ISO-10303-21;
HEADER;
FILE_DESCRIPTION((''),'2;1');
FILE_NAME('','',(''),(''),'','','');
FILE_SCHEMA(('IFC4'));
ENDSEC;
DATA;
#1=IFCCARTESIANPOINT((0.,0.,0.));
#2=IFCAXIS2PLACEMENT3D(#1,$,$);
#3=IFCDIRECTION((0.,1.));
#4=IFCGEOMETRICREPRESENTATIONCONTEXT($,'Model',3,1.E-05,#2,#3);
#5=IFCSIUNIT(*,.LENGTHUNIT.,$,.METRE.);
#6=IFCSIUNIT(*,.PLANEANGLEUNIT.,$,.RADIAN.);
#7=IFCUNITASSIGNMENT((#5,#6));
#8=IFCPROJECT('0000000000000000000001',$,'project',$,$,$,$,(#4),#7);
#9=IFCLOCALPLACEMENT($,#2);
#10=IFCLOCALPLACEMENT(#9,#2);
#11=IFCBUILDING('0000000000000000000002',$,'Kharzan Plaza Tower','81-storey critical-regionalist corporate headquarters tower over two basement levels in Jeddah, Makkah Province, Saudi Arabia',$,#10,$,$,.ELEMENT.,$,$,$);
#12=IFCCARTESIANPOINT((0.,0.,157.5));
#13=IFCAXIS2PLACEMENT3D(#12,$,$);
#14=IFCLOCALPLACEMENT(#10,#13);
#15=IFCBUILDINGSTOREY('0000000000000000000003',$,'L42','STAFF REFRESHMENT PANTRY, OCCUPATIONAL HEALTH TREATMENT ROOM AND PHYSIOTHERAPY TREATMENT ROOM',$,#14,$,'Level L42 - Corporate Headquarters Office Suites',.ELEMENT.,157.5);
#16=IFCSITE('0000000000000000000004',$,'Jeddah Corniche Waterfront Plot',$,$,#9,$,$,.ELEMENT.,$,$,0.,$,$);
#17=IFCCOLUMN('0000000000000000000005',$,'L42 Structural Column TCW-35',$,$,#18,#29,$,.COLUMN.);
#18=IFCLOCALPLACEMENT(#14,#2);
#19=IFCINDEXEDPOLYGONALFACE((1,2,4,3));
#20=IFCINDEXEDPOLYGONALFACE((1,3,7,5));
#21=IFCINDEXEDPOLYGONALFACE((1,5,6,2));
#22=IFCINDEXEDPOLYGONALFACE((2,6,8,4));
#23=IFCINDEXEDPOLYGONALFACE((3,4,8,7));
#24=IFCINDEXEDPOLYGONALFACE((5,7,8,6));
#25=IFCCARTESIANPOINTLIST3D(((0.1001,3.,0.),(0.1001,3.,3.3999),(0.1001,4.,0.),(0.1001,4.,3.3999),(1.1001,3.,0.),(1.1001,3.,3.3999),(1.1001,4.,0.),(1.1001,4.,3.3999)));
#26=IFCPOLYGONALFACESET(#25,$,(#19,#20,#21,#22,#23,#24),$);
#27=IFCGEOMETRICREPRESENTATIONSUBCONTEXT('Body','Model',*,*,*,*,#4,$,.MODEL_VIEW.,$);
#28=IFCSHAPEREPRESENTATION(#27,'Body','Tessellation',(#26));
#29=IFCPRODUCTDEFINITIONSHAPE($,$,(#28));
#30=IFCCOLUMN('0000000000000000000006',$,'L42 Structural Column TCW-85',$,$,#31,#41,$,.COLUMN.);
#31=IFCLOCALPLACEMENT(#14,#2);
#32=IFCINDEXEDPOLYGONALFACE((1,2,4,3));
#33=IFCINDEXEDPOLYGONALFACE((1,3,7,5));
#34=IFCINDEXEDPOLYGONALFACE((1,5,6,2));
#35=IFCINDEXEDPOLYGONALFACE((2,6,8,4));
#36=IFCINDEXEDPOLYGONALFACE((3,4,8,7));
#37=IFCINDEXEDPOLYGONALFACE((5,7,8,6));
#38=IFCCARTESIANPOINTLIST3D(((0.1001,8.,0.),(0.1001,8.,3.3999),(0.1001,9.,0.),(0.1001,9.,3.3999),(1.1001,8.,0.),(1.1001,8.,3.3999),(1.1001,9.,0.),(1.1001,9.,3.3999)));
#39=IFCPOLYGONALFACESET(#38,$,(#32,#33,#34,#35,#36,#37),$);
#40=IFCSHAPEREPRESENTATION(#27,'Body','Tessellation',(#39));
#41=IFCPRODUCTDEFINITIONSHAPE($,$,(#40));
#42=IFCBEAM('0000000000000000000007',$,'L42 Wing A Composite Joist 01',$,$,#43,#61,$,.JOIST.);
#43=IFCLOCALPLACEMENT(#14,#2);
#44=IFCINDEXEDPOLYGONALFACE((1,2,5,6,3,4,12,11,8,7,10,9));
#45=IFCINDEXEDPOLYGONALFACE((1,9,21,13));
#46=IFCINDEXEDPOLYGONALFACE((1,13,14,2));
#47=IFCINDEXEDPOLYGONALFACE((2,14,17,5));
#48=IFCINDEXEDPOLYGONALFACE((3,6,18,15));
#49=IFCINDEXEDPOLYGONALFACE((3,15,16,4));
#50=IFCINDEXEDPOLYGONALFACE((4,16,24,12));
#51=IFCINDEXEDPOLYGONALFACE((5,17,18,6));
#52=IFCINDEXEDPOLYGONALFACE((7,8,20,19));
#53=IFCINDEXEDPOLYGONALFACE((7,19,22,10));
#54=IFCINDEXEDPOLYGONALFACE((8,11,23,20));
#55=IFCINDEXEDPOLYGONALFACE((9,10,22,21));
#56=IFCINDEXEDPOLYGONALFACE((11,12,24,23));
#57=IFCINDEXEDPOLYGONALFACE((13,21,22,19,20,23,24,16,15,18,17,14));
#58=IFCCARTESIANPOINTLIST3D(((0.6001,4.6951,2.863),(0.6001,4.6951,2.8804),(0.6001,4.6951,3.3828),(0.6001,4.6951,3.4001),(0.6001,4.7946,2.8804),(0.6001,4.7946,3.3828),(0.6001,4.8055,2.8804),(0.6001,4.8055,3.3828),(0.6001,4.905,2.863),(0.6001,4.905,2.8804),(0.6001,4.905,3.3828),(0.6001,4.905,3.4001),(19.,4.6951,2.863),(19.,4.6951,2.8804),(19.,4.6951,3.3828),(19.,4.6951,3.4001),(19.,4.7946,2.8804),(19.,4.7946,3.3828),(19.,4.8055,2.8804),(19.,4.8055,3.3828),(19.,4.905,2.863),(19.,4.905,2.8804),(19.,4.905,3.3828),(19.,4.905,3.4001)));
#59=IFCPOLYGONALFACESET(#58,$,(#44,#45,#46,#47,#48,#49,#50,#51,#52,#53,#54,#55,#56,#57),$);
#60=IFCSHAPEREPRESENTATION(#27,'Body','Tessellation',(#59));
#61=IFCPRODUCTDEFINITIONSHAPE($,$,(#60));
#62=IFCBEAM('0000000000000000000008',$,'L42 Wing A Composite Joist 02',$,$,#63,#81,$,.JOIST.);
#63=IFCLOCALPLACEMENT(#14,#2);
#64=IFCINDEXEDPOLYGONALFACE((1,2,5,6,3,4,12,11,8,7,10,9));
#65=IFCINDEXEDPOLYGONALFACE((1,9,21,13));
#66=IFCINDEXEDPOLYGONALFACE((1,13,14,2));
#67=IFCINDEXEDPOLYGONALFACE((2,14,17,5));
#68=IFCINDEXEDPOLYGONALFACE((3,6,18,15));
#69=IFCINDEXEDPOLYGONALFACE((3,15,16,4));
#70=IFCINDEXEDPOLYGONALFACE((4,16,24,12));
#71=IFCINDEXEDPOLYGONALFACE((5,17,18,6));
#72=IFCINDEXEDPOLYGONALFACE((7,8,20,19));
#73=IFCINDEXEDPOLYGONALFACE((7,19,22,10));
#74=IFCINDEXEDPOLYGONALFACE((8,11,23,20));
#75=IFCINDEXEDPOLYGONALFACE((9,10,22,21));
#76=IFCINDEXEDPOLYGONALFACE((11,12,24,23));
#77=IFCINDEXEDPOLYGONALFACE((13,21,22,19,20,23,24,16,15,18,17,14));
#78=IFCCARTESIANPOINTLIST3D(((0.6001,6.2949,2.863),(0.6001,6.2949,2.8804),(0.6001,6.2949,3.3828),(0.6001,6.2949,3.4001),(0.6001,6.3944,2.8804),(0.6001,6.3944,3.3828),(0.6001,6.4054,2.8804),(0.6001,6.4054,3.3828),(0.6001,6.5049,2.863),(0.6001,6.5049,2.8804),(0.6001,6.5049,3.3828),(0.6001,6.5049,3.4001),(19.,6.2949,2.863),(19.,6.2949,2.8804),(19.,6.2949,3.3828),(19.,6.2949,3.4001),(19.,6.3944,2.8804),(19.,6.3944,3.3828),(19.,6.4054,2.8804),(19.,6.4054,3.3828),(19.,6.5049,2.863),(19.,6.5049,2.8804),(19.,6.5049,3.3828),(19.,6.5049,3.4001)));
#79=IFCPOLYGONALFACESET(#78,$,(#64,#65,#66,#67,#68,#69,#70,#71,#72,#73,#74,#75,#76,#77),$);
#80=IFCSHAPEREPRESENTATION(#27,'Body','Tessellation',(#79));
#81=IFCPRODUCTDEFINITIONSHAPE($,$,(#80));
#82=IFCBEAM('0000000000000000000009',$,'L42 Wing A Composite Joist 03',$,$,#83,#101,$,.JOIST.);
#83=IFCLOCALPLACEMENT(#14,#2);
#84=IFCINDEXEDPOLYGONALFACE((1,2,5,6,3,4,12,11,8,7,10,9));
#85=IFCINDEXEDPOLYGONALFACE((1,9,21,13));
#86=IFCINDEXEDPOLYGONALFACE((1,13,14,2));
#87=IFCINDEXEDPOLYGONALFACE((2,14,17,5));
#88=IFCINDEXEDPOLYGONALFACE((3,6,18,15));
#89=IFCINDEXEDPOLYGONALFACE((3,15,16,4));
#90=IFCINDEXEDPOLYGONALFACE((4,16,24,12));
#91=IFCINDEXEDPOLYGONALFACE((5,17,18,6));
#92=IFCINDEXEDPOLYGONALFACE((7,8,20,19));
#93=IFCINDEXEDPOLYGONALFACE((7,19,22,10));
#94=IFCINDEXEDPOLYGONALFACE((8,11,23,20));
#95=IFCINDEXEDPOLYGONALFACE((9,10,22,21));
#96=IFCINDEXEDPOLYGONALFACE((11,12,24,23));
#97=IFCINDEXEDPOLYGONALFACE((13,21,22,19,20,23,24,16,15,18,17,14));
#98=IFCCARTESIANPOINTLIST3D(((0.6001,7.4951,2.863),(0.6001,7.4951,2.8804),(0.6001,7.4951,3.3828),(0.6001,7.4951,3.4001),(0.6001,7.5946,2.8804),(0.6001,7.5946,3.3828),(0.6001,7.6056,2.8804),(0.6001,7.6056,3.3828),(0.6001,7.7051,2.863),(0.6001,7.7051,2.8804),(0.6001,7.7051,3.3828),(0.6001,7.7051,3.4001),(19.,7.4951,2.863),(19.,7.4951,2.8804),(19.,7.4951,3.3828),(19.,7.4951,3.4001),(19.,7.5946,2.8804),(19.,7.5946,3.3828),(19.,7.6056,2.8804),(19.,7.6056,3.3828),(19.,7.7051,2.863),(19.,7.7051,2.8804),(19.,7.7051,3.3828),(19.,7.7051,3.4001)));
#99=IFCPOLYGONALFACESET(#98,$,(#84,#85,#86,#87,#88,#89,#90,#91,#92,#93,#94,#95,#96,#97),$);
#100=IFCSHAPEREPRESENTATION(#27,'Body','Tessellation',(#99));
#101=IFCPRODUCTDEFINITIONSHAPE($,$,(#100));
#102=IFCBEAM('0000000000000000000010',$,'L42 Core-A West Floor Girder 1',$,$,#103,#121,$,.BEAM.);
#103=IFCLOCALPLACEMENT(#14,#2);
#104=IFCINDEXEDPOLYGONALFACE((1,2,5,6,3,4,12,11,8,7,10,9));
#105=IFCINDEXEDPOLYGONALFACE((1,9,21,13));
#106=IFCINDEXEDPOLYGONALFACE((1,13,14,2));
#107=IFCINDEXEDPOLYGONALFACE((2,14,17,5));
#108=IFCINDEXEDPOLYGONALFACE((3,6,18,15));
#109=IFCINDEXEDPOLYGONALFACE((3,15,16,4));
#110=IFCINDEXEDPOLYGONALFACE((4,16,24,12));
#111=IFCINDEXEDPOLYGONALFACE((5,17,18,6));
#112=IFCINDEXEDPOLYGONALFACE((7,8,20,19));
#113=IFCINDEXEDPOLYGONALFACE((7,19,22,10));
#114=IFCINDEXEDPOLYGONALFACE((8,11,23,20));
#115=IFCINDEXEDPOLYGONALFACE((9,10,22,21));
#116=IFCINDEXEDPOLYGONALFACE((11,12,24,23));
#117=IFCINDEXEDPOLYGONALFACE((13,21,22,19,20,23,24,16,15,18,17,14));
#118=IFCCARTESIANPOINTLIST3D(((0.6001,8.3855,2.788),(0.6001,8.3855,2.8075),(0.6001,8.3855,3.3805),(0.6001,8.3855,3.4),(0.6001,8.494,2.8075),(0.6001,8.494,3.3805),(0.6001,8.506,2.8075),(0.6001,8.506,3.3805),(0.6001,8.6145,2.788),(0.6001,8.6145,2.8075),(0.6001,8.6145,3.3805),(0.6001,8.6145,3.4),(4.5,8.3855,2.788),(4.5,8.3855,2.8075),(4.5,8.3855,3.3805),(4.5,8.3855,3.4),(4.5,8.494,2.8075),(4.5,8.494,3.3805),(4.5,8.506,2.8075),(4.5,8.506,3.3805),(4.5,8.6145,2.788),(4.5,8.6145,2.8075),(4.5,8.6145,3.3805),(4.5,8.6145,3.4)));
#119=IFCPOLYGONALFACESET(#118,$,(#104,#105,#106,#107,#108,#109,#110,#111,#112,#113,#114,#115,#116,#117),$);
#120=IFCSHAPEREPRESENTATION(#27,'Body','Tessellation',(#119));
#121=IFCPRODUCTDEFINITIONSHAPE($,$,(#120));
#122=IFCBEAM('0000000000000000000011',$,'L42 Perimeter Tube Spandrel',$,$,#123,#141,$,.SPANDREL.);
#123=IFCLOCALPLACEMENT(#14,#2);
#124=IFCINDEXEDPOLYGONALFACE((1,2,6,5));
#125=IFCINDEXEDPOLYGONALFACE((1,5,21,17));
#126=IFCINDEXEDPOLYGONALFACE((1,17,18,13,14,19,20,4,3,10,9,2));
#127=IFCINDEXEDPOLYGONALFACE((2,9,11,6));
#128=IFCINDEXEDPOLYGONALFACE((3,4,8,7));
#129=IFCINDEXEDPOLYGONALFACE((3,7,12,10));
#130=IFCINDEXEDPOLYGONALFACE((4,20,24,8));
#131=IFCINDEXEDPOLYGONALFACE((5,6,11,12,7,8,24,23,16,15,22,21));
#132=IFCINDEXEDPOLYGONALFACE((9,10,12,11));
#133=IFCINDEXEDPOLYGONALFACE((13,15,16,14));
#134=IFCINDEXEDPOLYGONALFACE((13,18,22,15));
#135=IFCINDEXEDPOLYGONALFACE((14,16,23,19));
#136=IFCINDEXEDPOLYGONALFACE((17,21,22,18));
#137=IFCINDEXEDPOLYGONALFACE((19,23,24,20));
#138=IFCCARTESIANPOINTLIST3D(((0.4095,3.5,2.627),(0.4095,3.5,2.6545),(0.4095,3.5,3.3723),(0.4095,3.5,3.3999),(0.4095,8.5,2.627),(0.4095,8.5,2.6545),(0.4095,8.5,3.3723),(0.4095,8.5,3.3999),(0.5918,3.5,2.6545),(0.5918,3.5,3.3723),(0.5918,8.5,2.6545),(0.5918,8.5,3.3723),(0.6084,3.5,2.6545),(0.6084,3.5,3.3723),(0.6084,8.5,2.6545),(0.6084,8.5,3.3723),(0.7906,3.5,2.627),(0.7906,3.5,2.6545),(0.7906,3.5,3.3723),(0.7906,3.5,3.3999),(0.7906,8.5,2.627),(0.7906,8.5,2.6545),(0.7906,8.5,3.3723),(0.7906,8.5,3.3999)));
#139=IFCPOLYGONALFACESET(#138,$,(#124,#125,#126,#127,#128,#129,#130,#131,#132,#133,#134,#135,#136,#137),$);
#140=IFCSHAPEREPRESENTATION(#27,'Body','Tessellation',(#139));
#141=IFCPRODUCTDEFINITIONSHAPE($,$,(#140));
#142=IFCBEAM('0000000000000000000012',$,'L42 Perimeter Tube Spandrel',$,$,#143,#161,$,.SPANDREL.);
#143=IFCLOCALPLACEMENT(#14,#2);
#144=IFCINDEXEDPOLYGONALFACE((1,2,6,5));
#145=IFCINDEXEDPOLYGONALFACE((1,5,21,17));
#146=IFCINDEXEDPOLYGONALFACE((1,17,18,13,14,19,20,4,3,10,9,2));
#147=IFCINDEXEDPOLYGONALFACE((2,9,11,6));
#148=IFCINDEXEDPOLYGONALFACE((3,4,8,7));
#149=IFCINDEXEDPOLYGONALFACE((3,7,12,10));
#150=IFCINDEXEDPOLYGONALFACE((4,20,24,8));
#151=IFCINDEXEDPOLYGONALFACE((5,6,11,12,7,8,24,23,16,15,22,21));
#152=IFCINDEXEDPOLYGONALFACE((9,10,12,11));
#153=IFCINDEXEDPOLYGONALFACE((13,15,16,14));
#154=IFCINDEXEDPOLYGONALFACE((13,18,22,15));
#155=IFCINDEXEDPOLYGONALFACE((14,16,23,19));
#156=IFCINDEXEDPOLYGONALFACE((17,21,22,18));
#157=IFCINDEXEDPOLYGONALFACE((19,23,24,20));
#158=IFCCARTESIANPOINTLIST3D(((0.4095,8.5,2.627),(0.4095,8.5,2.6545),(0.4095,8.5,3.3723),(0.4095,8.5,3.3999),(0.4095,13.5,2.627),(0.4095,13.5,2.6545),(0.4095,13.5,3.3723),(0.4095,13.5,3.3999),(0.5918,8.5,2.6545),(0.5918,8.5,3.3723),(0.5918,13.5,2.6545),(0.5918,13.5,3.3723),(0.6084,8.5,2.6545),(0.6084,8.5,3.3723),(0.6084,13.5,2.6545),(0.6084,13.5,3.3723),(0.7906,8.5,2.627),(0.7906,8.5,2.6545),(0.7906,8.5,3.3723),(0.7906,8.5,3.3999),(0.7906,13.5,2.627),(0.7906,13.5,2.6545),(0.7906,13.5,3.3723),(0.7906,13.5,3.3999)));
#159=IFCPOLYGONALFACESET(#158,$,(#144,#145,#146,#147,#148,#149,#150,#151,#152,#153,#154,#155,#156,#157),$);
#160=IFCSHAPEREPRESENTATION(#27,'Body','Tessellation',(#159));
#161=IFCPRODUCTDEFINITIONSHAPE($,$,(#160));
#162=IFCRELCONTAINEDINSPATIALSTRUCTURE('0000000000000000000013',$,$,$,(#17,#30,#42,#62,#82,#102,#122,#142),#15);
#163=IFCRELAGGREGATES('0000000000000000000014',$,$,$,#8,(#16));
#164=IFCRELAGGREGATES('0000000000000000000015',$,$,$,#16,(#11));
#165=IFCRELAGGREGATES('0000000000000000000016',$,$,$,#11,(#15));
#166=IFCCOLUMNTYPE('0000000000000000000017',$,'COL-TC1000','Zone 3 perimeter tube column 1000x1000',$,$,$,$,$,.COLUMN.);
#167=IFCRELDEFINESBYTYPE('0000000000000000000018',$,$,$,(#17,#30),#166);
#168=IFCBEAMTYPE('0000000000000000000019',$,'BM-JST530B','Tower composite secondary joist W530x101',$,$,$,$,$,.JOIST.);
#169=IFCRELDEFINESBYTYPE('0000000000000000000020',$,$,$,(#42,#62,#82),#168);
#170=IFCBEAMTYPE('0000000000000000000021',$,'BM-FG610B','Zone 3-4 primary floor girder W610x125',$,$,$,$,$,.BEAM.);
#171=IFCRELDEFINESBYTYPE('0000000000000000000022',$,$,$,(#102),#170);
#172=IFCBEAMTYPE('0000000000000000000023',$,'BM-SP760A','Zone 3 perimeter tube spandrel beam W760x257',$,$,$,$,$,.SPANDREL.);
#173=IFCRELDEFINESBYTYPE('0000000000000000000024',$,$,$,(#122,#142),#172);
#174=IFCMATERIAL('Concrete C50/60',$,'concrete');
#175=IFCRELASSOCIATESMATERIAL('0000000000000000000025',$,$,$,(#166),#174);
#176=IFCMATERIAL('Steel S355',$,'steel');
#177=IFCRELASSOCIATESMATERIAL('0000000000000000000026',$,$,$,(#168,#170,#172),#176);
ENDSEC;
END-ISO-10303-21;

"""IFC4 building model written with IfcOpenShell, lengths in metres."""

from ifc_helpers import new_model, si_unit, direction, frame, origin, origin_2d, place, context, subcontext, project, spatial, rectangle, i_section, extrude, source, transform, mapped, material, material_profile, profile_set, type_object, element, save


model = new_model("IFC4")

# Units and contexts
model_context = context("Model", 3, precision=1e-05, world=origin(), true_north=direction((0.0, 1.0)))
body_context = subcontext(model_context, "Body", "Model", "MODEL_VIEW")
ifc_project = project(units=[si_unit("LENGTHUNIT", "METRE"), si_unit("PLANEANGLEUNIT", "RADIAN")], contexts=[model_context])

# Site, building, storey
site_placement = place(None, origin())
site = spatial("IfcSite", under=ifc_project, at=site_placement, Name="Jeddah Corniche Waterfront Plot", CompositionType="ELEMENT", RefElevation=0.0)
building_placement = place(site_placement, origin())
building = spatial("IfcBuilding", under=site, at=building_placement, Name="Kharzan Plaza Tower", Description="81-storey critical-regionalist corporate headquarters tower over two basement levels in Jeddah, Makkah Province, Saudi Arabia", CompositionType="ELEMENT")
storey_placement = place(building_placement, frame((0.0, 0.0, 157.5)))
storey = spatial("IfcBuildingStorey", under=building, at=storey_placement, Name="L42", Description="STAFF REFRESHMENT PANTRY, OCCUPATIONAL HEALTH TREATMENT ROOM AND PHYSIOTHERAPY TREATMENT ROOM", LongName="Level L42 - Corporate Headquarters Office Suites", CompositionType="ELEMENT", Elevation=157.5)

# Columns
ifc_material_1 = material(Name="Concrete C50/60", Category="concrete")
ifc_material_profile_1 = material_profile(ifc_material_1, rectangle(XDim=1.0, YDim=1.0, at=origin_2d()), Name="RC-TC1000x1000")
ifc_profile_set_1 = profile_set([ifc_material_profile_1], Name="Concrete C50/60")
column_type = type_object("IfcColumnType", Name="COL-TC1000", Description="Zone 3 perimeter tube column 1000x1000", PredefinedType="COLUMN", material=ifc_profile_set_1)
shared_shape_1 = source(origin(), body_context, "Body", "SweptSolid", [
    extrude(rectangle(XDim=1.0, YDim=1.0, at=origin_2d()), origin(), (0.0, 0.0, 1.0), 3.3999),
])
for number, where, z_axis, x_axis, name in (
    (1, (0.6001, 3.5, 0.0), (0.0, 0.0, 1.0), (1.0, 0.0, 0.0), "L42 Structural Column TCW-35"),
    (2, (0.6001, 8.5, 0.0), (0.0, 0.0, 1.0), (1.0, 0.0, 0.0), "L42 Structural Column TCW-85"),
):
    element("IfcColumn", number, at=place(storey_placement, frame(where, z_axis=z_axis, x_axis=x_axis)), inside=storey, type_object=column_type, Name=name, PredefinedType="COLUMN", context=body_context, shape_type="MappedRepresentation", body=[
        mapped(shared_shape_1, transform((0.0, 0.0, 0.0), x_axis=(1.0, 0.0, 0.0), y_axis=(0.0, 1.0, 0.0), z_axis=(0.0, 0.0, 1.0))),
    ])

# Beams
ifc_material_2 = material(Name="Steel S355", Category="steel")
ifc_material_profile_2 = material_profile(ifc_material_2, i_section(OverallWidth=0.21, OverallDepth=0.5371, WebThickness=0.011, FlangeThickness=0.0173, at=origin_2d()), Name="W530x101")
ifc_profile_set_2 = profile_set([ifc_material_profile_2], Name="Steel S355")
beam_type_1 = type_object("IfcBeamType", Name="BM-JST530B", Description="Tower composite secondary joist W530x101", PredefinedType="JOIST", material=ifc_profile_set_2)
shared_shape_2 = source(origin(), body_context, "Body", "SweptSolid", [
    extrude(i_section(OverallWidth=0.21, OverallDepth=0.5371, WebThickness=0.011, FlangeThickness=0.0173, at=origin_2d()), origin(), (0.0, 0.0, 1.0), 18.3999),
])
for number, where, z_axis, x_axis, name in (
    (3, (0.6001, 4.8, 3.1316), (1.0, 0.0, 0.0), (0.0, 1.0, 0.0), "L42 Wing A Composite Joist 01"),
    (4, (0.6001, 6.3999, 3.1316), (1.0, 0.0, 0.0), (0.0, 1.0, 0.0), "L42 Wing A Composite Joist 02"),
    (5, (0.6001, 7.6001, 3.1316), (1.0, 0.0, 0.0), (0.0, 1.0, 0.0), "L42 Wing A Composite Joist 03"),
):
    element("IfcBeam", number, at=place(storey_placement, frame(where, z_axis=z_axis, x_axis=x_axis)), inside=storey, type_object=beam_type_1, Name=name, PredefinedType="JOIST", context=body_context, shape_type="MappedRepresentation", body=[
        mapped(shared_shape_2, transform((0.0, 0.0, 0.0), x_axis=(1.0, 0.0, 0.0), y_axis=(0.0, 1.0, 0.0), z_axis=(0.0, 0.0, 1.0))),
    ])
ifc_material_profile_3 = material_profile(ifc_material_2, i_section(OverallWidth=0.229, OverallDepth=0.6121, WebThickness=0.012, FlangeThickness=0.0195, at=origin_2d()), Name="W610x125")
ifc_profile_set_3 = profile_set([ifc_material_profile_3], Name="Steel S355")
beam_type_2 = type_object("IfcBeamType", Name="BM-FG610B", Description="Zone 3-4 primary floor girder W610x125", PredefinedType="BEAM", material=ifc_profile_set_3)
shared_shape_3 = source(origin(), body_context, "Body", "SweptSolid", [
    extrude(i_section(OverallWidth=0.229, OverallDepth=0.6121, WebThickness=0.012, FlangeThickness=0.0195, at=origin_2d()), origin(), (0.0, 0.0, 1.0), 3.8999),
])
beam_placement = place(storey_placement, frame((0.6001, 8.5, 3.094), z_axis=(1.0, 0.0, 0.0), x_axis=(0.0, 1.0, 0.0)))
element("IfcBeam", 6, at=beam_placement, inside=storey, type_object=beam_type_2, Name="L42 Core-A West Floor Girder 1", PredefinedType="BEAM", context=body_context, shape_type="MappedRepresentation", body=[
    mapped(shared_shape_3, transform((0.0, 0.0, 0.0), x_axis=(1.0, 0.0, 0.0), y_axis=(0.0, 1.0, 0.0), z_axis=(0.0, 0.0, 1.0))),
])
ifc_material_profile_4 = material_profile(ifc_material_2, i_section(OverallWidth=0.3811, OverallDepth=0.7729, WebThickness=0.0166, FlangeThickness=0.0276, at=origin_2d()), Name="W760x257")
ifc_profile_set_4 = profile_set([ifc_material_profile_4], Name="Steel S355")
beam_type_3 = type_object("IfcBeamType", Name="BM-SP760A", Description="Zone 3 perimeter tube spandrel beam W760x257", PredefinedType="SPANDREL", material=ifc_profile_set_4)
shared_shape_4 = source(origin(), body_context, "Body", "SweptSolid", [
    extrude(i_section(OverallWidth=0.3811, OverallDepth=0.7729, WebThickness=0.0166, FlangeThickness=0.0276, at=origin_2d()), origin(), (0.0, 0.0, 1.0), 5.0),
])
for number, where, z_axis, x_axis, name in (
    (7, (0.6001, 3.5, 3.0134), (0.0, 1.0, 0.0), (-1.0, 0.0, 0.0), "L42 Perimeter Tube Spandrel"),
    (8, (0.6001, 8.5, 3.0134), (0.0, 1.0, 0.0), (-1.0, 0.0, 0.0), "L42 Perimeter Tube Spandrel"),
):
    element("IfcBeam", number, at=place(storey_placement, frame(where, z_axis=z_axis, x_axis=x_axis)), inside=storey, type_object=beam_type_3, Name=name, PredefinedType="SPANDREL", context=body_context, shape_type="MappedRepresentation", body=[
        mapped(shared_shape_4, transform((0.0, 0.0, 0.0), x_axis=(1.0, 0.0, 0.0), y_axis=(0.0, 1.0, 0.0), z_axis=(0.0, 0.0, 1.0))),
    ])

save(model, "model.ifc")
